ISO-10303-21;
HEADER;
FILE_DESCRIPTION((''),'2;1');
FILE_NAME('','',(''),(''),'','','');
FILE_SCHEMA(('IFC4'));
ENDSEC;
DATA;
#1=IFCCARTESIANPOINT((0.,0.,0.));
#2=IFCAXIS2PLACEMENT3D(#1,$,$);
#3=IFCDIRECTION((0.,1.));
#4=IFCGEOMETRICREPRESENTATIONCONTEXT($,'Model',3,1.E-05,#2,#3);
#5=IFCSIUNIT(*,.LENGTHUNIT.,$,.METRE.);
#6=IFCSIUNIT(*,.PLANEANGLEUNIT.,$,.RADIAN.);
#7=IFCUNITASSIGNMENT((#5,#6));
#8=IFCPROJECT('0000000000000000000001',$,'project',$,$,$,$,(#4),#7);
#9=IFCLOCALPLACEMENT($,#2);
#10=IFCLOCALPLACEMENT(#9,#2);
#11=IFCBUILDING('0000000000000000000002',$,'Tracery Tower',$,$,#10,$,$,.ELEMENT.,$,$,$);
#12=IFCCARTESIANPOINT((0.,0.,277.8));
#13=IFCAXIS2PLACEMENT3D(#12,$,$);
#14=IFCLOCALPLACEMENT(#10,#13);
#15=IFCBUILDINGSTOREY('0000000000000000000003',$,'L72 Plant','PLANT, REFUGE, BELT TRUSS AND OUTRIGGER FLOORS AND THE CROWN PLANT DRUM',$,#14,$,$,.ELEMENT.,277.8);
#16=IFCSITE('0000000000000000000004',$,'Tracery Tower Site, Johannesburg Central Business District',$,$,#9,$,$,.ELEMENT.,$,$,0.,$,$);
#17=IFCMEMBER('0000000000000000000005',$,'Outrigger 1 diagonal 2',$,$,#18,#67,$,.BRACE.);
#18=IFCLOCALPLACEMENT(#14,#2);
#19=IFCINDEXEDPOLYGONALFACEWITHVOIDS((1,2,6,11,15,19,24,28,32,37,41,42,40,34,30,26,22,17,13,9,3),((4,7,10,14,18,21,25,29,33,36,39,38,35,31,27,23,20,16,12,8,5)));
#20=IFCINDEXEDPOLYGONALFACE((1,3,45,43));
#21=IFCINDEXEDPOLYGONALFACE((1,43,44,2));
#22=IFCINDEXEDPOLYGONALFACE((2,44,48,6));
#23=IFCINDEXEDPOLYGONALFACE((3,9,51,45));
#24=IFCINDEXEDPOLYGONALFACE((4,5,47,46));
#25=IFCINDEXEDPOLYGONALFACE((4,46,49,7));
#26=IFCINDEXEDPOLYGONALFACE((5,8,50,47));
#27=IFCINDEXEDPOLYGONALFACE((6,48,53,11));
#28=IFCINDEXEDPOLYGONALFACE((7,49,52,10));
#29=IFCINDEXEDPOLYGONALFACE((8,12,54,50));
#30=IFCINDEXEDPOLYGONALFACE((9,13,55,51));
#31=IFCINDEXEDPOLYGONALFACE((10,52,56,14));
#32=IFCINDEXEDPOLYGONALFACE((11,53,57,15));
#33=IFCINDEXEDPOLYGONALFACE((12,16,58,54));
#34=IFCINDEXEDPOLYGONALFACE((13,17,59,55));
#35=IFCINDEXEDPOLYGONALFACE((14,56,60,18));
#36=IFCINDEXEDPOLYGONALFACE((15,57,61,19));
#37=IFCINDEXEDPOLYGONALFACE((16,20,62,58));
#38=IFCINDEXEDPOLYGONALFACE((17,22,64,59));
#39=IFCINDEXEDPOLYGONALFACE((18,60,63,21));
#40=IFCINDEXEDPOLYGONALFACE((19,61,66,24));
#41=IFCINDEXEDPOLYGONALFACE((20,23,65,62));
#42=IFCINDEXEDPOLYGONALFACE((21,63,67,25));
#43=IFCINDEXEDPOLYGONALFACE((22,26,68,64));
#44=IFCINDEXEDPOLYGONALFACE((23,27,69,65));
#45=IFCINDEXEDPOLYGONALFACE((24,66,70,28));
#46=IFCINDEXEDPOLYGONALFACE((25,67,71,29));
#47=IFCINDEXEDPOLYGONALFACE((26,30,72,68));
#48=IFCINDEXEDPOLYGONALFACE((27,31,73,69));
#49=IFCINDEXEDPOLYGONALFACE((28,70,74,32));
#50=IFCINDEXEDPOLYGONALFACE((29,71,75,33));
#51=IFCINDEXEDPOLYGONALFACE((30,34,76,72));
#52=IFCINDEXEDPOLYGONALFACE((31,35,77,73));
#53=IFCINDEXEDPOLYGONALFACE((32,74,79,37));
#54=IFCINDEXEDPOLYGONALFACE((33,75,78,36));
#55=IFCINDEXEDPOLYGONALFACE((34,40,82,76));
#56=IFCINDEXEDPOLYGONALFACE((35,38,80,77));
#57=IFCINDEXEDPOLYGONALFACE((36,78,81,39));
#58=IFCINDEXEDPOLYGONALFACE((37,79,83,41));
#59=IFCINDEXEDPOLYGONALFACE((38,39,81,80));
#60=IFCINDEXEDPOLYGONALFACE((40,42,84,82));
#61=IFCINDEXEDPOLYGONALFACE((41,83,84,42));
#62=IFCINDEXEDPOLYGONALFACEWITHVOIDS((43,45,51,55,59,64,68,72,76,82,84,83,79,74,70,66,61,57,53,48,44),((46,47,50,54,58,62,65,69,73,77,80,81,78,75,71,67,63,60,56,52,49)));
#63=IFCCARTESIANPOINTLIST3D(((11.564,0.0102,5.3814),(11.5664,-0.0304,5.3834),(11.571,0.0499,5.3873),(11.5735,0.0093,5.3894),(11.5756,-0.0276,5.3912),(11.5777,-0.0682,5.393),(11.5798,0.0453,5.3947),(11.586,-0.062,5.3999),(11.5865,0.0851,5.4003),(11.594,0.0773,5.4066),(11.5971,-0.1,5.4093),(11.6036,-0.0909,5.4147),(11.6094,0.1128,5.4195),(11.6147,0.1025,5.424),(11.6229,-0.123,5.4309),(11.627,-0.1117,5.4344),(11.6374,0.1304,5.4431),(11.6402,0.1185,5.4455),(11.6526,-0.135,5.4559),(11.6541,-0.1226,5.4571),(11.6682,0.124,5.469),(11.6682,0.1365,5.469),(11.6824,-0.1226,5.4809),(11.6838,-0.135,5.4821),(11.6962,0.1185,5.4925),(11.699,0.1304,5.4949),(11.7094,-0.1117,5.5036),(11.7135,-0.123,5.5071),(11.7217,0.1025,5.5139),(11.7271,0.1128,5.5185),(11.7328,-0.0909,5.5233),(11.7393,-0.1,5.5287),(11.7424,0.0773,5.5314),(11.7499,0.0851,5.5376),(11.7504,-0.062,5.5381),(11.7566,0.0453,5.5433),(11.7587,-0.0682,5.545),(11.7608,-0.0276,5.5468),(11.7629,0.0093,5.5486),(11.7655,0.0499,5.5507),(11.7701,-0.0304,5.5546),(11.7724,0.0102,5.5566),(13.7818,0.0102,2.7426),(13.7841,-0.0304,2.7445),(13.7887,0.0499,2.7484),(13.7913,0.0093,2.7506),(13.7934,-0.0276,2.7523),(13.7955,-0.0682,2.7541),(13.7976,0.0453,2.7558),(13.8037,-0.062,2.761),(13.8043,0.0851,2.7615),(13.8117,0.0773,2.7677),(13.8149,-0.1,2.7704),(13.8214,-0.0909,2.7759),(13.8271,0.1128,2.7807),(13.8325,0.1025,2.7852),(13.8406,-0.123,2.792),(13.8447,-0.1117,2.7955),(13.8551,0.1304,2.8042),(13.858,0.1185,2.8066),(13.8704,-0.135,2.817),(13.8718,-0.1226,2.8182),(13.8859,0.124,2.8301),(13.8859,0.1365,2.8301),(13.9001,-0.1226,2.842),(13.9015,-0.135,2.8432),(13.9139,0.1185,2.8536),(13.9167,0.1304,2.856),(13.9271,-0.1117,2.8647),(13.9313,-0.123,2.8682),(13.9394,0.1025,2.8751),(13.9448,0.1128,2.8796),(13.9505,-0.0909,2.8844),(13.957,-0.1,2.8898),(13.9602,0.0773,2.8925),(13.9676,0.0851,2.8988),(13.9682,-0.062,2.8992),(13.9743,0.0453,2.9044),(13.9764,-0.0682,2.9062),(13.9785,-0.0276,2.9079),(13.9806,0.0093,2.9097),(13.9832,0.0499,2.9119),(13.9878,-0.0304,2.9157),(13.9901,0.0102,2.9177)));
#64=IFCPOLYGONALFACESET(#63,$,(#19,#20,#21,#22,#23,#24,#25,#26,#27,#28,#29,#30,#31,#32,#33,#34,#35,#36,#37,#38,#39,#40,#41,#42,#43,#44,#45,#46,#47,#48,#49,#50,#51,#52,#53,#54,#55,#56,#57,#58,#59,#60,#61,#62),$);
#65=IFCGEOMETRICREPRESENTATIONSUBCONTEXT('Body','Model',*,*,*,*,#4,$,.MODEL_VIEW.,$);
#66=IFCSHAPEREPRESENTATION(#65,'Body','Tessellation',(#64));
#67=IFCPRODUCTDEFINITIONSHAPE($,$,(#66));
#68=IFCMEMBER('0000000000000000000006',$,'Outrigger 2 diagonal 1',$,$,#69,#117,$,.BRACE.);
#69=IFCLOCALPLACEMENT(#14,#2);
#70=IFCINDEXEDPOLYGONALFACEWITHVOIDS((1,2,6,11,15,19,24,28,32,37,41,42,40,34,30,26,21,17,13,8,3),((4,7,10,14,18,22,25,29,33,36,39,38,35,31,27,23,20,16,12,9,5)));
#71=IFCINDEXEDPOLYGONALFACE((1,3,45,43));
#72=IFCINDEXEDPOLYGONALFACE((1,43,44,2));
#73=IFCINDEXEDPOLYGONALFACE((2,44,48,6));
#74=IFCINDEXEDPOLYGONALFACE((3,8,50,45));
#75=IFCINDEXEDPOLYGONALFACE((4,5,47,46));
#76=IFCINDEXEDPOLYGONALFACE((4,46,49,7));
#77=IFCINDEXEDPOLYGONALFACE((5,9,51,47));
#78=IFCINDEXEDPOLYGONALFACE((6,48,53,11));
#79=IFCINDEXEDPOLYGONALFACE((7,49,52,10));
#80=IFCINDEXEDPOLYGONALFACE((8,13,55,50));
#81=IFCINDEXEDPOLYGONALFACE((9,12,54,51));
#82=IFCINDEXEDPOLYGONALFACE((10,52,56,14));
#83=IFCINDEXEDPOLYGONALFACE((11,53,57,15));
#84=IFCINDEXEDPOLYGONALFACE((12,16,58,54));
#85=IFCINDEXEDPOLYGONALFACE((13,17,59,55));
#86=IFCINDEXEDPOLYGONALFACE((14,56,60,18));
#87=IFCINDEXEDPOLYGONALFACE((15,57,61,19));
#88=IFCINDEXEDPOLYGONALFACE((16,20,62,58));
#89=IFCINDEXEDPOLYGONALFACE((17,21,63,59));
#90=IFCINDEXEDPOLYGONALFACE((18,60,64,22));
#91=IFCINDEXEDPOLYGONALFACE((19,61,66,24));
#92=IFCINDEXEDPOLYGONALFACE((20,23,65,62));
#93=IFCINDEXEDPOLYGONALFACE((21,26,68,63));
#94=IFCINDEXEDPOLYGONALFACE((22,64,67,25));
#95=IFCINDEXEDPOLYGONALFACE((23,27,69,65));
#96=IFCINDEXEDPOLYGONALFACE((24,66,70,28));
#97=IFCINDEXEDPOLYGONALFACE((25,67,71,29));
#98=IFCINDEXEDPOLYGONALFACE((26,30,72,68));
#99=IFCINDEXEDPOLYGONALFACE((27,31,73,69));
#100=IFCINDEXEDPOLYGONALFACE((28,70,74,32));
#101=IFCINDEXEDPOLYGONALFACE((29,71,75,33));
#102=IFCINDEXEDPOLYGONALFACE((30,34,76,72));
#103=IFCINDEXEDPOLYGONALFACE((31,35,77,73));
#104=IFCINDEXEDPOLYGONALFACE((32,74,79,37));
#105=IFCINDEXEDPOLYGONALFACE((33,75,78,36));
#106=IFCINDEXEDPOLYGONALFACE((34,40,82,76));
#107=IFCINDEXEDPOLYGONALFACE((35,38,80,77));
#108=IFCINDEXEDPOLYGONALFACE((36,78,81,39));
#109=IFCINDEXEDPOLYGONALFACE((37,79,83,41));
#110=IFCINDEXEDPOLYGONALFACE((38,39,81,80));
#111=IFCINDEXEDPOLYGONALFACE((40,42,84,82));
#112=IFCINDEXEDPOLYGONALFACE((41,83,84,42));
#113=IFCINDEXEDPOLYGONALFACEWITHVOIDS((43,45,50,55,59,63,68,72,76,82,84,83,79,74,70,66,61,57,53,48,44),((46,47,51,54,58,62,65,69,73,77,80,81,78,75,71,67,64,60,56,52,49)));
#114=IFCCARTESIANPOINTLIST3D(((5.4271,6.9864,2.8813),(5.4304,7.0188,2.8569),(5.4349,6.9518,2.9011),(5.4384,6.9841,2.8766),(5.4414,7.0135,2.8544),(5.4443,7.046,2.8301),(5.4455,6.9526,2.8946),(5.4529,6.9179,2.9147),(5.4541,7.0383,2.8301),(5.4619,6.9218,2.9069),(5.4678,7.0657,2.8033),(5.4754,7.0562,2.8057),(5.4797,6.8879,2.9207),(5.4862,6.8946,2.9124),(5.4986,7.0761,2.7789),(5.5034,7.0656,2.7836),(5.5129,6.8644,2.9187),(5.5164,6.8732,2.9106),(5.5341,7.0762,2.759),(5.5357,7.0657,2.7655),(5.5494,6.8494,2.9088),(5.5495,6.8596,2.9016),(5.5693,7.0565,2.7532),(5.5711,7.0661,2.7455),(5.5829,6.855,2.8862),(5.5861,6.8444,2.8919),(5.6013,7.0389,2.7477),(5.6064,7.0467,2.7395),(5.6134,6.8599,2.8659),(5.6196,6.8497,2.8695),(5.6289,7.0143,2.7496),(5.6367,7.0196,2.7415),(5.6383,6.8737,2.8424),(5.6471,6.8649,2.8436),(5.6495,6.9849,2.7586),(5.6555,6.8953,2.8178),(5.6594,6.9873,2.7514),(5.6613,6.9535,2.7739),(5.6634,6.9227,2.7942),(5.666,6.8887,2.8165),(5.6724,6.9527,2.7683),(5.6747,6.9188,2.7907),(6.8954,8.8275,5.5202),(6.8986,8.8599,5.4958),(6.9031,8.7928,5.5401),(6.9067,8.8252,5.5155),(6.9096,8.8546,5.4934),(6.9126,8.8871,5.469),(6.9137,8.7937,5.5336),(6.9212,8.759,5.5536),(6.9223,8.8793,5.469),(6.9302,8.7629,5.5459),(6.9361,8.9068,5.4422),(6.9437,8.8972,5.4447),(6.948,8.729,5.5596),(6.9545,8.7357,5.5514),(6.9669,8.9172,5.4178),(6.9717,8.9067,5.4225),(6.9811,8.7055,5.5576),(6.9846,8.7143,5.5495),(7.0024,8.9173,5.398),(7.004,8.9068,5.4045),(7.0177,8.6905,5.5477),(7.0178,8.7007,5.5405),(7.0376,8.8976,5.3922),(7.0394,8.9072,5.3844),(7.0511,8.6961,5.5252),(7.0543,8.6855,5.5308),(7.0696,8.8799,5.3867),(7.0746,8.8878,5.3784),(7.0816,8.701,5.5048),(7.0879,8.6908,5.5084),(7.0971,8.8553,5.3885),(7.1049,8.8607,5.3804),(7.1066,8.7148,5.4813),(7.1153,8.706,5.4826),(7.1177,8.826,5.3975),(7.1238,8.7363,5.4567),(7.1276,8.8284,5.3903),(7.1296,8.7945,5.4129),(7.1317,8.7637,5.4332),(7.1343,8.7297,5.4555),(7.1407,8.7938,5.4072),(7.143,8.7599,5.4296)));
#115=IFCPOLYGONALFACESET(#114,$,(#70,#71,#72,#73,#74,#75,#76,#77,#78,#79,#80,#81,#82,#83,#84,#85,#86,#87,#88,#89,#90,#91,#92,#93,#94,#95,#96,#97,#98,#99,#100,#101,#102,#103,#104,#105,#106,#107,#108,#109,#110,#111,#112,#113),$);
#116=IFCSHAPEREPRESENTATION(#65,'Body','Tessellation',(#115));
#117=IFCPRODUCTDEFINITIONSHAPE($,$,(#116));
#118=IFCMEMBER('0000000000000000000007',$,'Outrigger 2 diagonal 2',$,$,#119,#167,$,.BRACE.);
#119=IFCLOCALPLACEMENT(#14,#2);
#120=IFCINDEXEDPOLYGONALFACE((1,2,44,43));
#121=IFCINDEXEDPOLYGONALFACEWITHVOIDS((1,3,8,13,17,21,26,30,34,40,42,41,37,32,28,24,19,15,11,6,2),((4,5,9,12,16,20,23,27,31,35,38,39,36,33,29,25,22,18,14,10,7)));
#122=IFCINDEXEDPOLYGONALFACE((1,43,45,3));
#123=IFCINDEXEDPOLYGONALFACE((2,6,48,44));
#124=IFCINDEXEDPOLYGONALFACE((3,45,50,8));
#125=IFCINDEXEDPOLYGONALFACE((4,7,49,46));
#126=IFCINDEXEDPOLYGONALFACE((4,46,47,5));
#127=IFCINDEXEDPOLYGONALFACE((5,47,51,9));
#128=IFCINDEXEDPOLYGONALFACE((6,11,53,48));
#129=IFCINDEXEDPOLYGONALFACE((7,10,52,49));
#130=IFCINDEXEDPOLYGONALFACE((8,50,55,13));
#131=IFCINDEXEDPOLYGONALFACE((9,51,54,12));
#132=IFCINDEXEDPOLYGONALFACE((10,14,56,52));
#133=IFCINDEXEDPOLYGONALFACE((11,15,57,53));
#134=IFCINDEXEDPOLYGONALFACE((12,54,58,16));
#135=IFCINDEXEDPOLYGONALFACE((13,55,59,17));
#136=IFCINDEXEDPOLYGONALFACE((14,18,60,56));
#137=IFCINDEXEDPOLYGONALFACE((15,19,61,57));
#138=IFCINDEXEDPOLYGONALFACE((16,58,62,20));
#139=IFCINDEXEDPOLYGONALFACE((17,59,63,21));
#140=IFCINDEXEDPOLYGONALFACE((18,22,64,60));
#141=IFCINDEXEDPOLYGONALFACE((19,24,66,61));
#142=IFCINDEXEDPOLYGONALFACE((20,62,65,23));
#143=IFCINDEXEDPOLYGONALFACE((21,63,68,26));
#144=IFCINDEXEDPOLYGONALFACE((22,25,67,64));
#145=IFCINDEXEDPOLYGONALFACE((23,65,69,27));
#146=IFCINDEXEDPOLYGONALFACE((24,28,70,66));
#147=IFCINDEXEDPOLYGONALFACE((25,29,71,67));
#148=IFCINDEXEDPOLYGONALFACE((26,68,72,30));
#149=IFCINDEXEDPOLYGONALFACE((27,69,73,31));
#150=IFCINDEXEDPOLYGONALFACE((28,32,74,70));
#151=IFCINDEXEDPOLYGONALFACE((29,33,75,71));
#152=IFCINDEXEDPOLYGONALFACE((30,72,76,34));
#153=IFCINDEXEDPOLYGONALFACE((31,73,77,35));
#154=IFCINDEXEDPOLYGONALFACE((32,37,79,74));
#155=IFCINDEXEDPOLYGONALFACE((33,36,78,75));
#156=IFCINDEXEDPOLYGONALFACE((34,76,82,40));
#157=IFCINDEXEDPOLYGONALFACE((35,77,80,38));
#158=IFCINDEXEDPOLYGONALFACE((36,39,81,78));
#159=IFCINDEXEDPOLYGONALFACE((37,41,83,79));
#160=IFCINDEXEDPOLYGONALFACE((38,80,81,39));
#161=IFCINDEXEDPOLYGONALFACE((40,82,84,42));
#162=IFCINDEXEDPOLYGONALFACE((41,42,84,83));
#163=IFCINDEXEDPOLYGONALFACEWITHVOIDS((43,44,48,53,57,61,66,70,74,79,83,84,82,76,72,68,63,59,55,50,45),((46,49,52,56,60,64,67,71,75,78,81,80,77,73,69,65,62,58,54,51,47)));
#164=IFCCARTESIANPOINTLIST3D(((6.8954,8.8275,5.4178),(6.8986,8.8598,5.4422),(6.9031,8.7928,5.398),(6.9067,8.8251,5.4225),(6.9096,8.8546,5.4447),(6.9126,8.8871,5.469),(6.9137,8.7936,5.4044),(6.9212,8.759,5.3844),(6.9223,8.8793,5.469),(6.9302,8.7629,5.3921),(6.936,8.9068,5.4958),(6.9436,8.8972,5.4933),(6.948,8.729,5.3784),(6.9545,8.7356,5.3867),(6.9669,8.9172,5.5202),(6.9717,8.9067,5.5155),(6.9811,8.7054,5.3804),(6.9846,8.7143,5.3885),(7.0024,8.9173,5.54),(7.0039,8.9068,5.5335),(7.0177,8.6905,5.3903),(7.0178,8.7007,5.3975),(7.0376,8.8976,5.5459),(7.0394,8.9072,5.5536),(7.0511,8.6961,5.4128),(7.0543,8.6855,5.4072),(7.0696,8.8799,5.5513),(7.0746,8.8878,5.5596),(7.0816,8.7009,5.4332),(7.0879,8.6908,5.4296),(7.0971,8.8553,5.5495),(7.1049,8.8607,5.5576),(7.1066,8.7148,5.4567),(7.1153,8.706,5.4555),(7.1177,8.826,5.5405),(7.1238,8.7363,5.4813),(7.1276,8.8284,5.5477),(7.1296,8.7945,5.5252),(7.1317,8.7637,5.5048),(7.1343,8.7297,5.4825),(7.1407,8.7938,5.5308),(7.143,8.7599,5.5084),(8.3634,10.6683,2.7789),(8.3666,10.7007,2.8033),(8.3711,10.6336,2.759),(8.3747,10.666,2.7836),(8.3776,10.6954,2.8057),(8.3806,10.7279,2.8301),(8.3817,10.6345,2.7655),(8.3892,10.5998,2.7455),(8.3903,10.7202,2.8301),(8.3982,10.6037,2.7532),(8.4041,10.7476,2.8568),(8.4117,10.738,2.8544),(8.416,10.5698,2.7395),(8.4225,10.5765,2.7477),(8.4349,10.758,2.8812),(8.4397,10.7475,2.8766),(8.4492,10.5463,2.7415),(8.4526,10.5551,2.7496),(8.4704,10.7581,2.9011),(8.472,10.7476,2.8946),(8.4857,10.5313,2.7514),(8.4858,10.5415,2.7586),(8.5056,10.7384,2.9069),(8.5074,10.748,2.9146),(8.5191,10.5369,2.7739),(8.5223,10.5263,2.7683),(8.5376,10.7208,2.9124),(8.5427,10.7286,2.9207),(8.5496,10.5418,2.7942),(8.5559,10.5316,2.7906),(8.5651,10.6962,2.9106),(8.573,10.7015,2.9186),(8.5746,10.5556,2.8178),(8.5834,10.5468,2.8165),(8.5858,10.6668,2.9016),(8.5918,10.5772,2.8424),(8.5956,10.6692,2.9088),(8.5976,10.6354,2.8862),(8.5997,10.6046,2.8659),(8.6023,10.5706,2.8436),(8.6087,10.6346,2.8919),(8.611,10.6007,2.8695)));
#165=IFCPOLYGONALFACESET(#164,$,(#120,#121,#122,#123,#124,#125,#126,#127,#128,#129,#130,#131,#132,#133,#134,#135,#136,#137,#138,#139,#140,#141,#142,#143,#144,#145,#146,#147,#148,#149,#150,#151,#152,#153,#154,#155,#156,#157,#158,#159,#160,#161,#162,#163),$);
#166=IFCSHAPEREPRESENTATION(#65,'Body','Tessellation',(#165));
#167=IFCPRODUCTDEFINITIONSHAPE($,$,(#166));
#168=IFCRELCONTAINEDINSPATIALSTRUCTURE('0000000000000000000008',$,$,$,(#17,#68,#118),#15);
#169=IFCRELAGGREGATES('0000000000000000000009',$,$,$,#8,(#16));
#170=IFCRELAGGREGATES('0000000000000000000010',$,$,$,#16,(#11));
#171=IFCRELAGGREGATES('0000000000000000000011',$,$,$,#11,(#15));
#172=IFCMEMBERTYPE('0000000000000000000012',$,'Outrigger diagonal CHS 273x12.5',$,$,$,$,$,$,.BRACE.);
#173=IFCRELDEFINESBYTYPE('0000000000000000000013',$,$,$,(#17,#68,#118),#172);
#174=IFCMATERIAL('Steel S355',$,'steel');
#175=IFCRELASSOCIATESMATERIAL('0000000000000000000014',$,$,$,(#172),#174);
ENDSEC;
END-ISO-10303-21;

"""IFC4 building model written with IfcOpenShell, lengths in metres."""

from ifc_helpers import new_model, si_unit, direction, frame, origin, origin_2d, place, context, subcontext, project, spatial, hollow_circle, extrude, material, material_profile, profile_set, type_object, element, save


model = new_model("IFC4")

# Units and contexts
model_context = context("Model", 3, precision=1e-05, world=origin(), true_north=direction((0.0, 1.0)))
body_context = subcontext(model_context, "Body", "Model", "MODEL_VIEW")
ifc_project = project(units=[si_unit("LENGTHUNIT", "METRE"), si_unit("PLANEANGLEUNIT", "RADIAN")], contexts=[model_context])

# Site, building, storey
site_placement = place(None, origin())
site = spatial("IfcSite", under=ifc_project, at=site_placement, Name="Tracery Tower Site, Johannesburg Central Business District", CompositionType="ELEMENT", RefElevation=0.0)
building_placement = place(site_placement, origin())
building = spatial("IfcBuilding", under=site, at=building_placement, Name="Tracery Tower", CompositionType="ELEMENT")
storey_placement = place(building_placement, frame((0.0, 0.0, 277.8)))
storey = spatial("IfcBuildingStorey", under=building, at=storey_placement, Name="L72 Plant", Description="PLANT, REFUGE, BELT TRUSS AND OUTRIGGER FLOORS AND THE CROWN PLANT DRUM", CompositionType="ELEMENT", Elevation=277.8)

# Members
ifc_material_1 = material(Name="Steel S355", Category="steel")
ifc_material_profile_1 = material_profile(ifc_material_1, hollow_circle(Radius=0.1365, WallThickness=0.0125, at=origin_2d()), Name="CHS 273x12.5")
ifc_profile_set_1 = profile_set([ifc_material_profile_1], Name="Steel S355")
member_type_1 = type_object("IfcMemberType", Name="Outrigger diagonal CHS 273x12.5", PredefinedType="BRACE", material=ifc_profile_set_1)
member_1_placement = place(storey_placement, frame((11.6682, 0.0, 5.469), z_axis=(0.643376, 0.0, -0.76555), x_axis=(0.0, 1.0, 0.0)))
element("IfcMember", 1, at=member_1_placement, inside=storey, type_object=member_type_1, Name="Outrigger 1 diagonal 2", PredefinedType="BRACE", context=body_context, shape_type="SweptSolid", body=[
    extrude(hollow_circle(Radius=0.1365, WallThickness=0.0125, at=origin_2d()), origin(), (0.0, 0.0, 1.0), 3.447),
])
member_2_placement = place(storey_placement, frame((5.551, 6.9609, 2.8301), z_axis=(0.415135, 0.52054, 0.746124), x_axis=(-0.781819, 0.623506, 0.0)))
element("IfcMember", 2, at=member_2_placement, inside=storey, type_object=member_type_1, Name="Outrigger 2 diagonal 1", PredefinedType="BRACE", context=body_context, shape_type="SweptSolid", body=[
    extrude(hollow_circle(Radius=0.1365, WallThickness=0.0125, at=origin_2d()), origin(), (0.0, 0.0, 1.0), 3.5369),
])
member_3_placement = place(storey_placement, frame((7.0193, 8.802, 5.469), z_axis=(0.415092, 0.520505, -0.746172), x_axis=(-0.781829, 0.623493, 0.0)))
element("IfcMember", 3, at=member_3_placement, inside=storey, type_object=member_type_1, Name="Outrigger 2 diagonal 2", PredefinedType="BRACE", context=body_context, shape_type="SweptSolid", body=[
    extrude(hollow_circle(Radius=0.1365, WallThickness=0.0125, at=origin_2d()), origin(), (0.0, 0.0, 1.0), 3.5366),
])

save(model, "model.ifc")
